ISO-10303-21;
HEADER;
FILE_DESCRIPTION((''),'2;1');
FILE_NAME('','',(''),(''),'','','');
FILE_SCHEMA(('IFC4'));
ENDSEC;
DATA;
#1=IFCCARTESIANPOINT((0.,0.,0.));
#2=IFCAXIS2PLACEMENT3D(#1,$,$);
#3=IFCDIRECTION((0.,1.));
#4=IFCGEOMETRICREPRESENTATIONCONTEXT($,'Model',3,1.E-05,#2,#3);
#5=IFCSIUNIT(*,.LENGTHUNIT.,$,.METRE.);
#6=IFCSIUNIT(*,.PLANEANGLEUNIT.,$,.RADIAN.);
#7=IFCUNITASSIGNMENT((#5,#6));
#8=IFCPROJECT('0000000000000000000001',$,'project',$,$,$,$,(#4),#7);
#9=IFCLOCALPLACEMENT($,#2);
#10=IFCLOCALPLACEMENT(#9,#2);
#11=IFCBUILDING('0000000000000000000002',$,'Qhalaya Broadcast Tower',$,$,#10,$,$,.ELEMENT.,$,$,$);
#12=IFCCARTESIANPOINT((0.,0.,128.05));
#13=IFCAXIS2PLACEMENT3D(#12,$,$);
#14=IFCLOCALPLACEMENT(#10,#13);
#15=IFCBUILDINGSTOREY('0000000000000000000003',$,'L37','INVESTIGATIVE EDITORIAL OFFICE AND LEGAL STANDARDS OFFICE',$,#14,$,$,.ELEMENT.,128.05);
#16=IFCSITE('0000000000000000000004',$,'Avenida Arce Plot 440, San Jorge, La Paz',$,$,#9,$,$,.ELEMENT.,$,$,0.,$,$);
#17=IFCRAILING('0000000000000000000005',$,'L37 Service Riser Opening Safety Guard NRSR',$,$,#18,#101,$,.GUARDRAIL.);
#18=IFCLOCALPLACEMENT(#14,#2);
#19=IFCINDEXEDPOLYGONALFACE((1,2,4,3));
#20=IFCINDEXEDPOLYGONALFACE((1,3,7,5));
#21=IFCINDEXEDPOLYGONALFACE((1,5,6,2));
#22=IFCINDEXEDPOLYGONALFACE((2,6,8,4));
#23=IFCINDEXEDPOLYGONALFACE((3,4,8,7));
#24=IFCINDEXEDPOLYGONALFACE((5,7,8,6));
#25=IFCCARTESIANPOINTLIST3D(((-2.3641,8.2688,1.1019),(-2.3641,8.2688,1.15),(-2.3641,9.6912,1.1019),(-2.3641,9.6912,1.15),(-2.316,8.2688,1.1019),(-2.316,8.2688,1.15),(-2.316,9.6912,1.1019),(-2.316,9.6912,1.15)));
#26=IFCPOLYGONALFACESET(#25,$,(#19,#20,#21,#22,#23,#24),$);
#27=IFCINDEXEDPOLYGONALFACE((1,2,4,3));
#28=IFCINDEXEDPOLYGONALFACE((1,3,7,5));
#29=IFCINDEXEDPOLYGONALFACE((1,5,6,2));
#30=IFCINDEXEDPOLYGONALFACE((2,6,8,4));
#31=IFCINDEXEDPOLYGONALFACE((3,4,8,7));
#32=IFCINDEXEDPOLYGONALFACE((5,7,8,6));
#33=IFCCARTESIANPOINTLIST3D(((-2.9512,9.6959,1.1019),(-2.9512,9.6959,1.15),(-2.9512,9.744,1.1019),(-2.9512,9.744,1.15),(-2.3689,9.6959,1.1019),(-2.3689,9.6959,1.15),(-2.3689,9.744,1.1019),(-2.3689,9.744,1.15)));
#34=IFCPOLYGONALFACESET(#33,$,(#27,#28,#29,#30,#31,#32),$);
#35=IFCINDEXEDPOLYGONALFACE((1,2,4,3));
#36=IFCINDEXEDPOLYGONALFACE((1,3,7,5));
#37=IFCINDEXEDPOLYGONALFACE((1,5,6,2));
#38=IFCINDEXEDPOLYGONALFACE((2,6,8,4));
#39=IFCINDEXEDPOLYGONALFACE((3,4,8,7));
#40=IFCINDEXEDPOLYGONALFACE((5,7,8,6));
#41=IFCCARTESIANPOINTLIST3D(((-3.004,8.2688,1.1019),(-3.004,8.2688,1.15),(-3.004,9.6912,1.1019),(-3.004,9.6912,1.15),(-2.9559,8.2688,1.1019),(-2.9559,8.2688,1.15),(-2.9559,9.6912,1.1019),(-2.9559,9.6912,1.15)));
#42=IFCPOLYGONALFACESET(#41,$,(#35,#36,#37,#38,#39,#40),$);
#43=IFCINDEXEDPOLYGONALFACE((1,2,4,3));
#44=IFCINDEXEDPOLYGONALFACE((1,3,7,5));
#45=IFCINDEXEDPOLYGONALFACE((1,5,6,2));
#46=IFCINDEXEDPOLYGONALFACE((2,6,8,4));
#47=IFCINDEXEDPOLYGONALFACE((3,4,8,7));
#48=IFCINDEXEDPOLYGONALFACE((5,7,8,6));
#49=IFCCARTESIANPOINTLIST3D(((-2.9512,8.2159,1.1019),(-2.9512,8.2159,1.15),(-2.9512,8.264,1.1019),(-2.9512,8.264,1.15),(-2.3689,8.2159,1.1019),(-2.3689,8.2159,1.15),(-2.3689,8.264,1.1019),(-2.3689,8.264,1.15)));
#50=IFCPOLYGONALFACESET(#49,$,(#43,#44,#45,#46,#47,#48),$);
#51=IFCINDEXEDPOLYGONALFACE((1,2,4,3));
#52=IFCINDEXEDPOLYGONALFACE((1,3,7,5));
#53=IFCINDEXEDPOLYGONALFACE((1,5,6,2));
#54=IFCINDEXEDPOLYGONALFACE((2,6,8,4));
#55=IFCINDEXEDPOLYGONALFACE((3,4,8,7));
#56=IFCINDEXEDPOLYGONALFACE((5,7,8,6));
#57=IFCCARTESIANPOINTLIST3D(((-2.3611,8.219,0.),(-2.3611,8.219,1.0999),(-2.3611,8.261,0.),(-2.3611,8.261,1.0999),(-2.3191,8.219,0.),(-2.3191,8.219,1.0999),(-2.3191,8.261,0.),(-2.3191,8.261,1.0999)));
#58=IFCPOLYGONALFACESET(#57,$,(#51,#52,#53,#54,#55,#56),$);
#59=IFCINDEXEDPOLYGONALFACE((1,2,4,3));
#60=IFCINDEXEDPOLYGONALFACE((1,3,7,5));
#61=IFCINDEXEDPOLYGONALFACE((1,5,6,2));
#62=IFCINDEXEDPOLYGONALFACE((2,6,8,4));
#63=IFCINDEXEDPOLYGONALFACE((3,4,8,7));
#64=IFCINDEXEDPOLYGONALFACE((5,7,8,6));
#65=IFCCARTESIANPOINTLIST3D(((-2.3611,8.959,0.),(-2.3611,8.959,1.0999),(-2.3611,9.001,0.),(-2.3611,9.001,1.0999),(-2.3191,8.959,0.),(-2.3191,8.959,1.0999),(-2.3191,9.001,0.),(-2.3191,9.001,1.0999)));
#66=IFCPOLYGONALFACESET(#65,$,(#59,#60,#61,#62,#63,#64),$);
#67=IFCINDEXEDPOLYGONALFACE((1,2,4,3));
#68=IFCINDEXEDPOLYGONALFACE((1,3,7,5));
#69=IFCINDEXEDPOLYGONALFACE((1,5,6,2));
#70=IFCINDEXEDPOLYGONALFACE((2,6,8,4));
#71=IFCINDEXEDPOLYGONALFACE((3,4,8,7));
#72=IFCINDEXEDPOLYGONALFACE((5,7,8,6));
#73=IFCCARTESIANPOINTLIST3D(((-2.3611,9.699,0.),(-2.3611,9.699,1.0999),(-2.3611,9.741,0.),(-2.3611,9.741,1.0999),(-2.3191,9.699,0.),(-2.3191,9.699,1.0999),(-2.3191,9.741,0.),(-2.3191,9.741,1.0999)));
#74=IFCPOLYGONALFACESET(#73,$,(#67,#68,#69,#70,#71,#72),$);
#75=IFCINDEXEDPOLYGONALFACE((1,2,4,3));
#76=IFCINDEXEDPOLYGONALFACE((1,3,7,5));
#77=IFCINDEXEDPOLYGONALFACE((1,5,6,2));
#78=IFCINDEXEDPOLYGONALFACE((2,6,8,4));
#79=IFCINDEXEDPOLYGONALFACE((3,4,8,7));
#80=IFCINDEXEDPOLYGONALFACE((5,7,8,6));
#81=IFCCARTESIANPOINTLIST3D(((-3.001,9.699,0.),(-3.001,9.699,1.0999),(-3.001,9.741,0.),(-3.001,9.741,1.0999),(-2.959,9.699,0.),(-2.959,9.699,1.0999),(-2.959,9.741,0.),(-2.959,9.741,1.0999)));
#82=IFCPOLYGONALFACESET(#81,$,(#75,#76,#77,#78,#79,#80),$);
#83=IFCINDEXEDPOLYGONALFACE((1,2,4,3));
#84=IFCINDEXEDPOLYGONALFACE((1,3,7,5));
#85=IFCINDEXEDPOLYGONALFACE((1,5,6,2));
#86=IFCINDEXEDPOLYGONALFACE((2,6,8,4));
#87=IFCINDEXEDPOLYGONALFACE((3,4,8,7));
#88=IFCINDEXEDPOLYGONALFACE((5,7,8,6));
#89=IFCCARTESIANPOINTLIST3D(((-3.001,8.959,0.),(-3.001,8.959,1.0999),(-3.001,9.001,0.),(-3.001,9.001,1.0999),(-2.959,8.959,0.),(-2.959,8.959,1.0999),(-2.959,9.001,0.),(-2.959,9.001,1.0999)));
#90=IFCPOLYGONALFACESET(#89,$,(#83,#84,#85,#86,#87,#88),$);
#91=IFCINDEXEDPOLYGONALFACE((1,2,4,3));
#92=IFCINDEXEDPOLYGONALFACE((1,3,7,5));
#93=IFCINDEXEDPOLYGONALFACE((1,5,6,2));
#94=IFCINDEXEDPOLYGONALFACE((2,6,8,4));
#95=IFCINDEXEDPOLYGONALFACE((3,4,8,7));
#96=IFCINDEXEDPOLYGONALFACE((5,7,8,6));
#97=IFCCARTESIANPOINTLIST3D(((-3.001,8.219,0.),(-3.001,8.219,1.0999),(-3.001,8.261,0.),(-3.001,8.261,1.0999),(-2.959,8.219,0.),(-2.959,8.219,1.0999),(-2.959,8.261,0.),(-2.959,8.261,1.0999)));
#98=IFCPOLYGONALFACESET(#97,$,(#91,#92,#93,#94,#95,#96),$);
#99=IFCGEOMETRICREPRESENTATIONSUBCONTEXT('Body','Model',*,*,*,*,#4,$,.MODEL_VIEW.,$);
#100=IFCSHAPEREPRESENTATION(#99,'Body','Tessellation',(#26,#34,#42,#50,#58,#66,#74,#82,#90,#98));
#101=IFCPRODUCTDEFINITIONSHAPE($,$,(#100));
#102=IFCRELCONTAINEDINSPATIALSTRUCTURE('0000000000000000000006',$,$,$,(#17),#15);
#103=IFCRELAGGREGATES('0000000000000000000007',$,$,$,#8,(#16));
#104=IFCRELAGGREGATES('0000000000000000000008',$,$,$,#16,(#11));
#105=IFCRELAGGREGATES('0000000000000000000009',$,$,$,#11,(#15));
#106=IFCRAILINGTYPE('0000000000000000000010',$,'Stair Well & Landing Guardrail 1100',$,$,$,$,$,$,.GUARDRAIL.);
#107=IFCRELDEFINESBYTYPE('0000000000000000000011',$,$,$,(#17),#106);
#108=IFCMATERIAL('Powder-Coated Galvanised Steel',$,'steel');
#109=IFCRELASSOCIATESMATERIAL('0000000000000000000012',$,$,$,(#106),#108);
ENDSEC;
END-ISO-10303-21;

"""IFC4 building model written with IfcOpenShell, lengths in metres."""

from ifc_helpers import new_model, si_unit, direction, frame, origin, origin_2d, place, context, subcontext, project, spatial, rectangle, extrude, material, type_object, element, save


model = new_model("IFC4")

# Units and contexts
model_context = context("Model", 3, precision=1e-05, world=origin(), true_north=direction((0.0, 1.0)))
body_context = subcontext(model_context, "Body", "Model", "MODEL_VIEW")
ifc_project = project(units=[si_unit("LENGTHUNIT", "METRE"), si_unit("PLANEANGLEUNIT", "RADIAN")], contexts=[model_context])

# Site, building, storey
site_placement = place(None, origin())
site = spatial("IfcSite", under=ifc_project, at=site_placement, Name="Avenida Arce Plot 440, San Jorge, La Paz", CompositionType="ELEMENT", RefElevation=0.0)
building_placement = place(site_placement, origin())
building = spatial("IfcBuilding", under=site, at=building_placement, Name="Qhalaya Broadcast Tower", CompositionType="ELEMENT")
storey_placement = place(building_placement, frame((0.0, 0.0, 128.05)))
storey = spatial("IfcBuildingStorey", under=building, at=storey_placement, Name="L37", Description="INVESTIGATIVE EDITORIAL OFFICE AND LEGAL STANDARDS OFFICE", CompositionType="ELEMENT", Elevation=128.05)

# Railing
ifc_material_1 = material(Name="Powder-Coated Galvanised Steel", Category="steel")
railing_type = type_object("IfcRailingType", Name="Stair Well & Landing Guardrail 1100", PredefinedType="GUARDRAIL", material=ifc_material_1)
railing_placement = place(storey_placement, frame((-2.3401, 8.24, 0.0)))
element("IfcRailing", 1, at=railing_placement, inside=storey, type_object=railing_type, Name="L37 Service Riser Opening Safety Guard NRSR", PredefinedType="GUARDRAIL", context=body_context, shape_type="SweptSolid", body=[
    extrude(rectangle(XDim=0.0481, YDim=0.0481, at=origin_2d()), frame((0.0, 0.0288, 1.126), z_axis=(0.0, 1.0, 0.0), x_axis=(-1.0, 0.0, 0.0)), (0.0, 0.0, 1.0), 1.4224),
    extrude(rectangle(XDim=0.0481, YDim=0.0481, at=origin_2d()), frame((-0.0288, 1.48, 1.126), z_axis=(-1.0, 0.0, 0.0), x_axis=(0.0, -1.0, 0.0)), (0.0, 0.0, 1.0), 0.5823),
    extrude(rectangle(XDim=0.0481, YDim=0.0481, at=origin_2d()), frame((-0.6399, 1.4512, 1.126), z_axis=(0.0, -1.0, 0.0), x_axis=(1.0, 0.0, 0.0)), (0.0, 0.0, 1.0), 1.4224),
    extrude(rectangle(XDim=0.0481, YDim=0.0481, at=origin_2d()), frame((-0.6111, 0.0, 1.126), z_axis=(1.0, 0.0, 0.0), x_axis=(0.0, 1.0, 0.0)), (0.0, 0.0, 1.0), 0.5823),
    extrude(rectangle(XDim=0.042, YDim=0.042, at=origin_2d()), origin(), (0.0, 0.0, 1.0), 1.0999),
    extrude(rectangle(XDim=0.042, YDim=0.042, at=origin_2d()), frame((0.0, 0.74, 0.0)), (0.0, 0.0, 1.0), 1.0999),
    extrude(rectangle(XDim=0.042, YDim=0.042, at=origin_2d()), frame((0.0, 1.48, 0.0)), (0.0, 0.0, 1.0), 1.0999),
    extrude(rectangle(XDim=0.042, YDim=0.042, at=origin_2d()), frame((-0.6399, 1.48, 0.0)), (0.0, 0.0, 1.0), 1.0999),
    extrude(rectangle(XDim=0.042, YDim=0.042, at=origin_2d()), frame((-0.6399, 0.74, 0.0)), (0.0, 0.0, 1.0), 1.0999),
    extrude(rectangle(XDim=0.042, YDim=0.042, at=origin_2d()), frame((-0.6399, 0.0, 0.0)), (0.0, 0.0, 1.0), 1.0999),
])

save(model, "model.ifc")
